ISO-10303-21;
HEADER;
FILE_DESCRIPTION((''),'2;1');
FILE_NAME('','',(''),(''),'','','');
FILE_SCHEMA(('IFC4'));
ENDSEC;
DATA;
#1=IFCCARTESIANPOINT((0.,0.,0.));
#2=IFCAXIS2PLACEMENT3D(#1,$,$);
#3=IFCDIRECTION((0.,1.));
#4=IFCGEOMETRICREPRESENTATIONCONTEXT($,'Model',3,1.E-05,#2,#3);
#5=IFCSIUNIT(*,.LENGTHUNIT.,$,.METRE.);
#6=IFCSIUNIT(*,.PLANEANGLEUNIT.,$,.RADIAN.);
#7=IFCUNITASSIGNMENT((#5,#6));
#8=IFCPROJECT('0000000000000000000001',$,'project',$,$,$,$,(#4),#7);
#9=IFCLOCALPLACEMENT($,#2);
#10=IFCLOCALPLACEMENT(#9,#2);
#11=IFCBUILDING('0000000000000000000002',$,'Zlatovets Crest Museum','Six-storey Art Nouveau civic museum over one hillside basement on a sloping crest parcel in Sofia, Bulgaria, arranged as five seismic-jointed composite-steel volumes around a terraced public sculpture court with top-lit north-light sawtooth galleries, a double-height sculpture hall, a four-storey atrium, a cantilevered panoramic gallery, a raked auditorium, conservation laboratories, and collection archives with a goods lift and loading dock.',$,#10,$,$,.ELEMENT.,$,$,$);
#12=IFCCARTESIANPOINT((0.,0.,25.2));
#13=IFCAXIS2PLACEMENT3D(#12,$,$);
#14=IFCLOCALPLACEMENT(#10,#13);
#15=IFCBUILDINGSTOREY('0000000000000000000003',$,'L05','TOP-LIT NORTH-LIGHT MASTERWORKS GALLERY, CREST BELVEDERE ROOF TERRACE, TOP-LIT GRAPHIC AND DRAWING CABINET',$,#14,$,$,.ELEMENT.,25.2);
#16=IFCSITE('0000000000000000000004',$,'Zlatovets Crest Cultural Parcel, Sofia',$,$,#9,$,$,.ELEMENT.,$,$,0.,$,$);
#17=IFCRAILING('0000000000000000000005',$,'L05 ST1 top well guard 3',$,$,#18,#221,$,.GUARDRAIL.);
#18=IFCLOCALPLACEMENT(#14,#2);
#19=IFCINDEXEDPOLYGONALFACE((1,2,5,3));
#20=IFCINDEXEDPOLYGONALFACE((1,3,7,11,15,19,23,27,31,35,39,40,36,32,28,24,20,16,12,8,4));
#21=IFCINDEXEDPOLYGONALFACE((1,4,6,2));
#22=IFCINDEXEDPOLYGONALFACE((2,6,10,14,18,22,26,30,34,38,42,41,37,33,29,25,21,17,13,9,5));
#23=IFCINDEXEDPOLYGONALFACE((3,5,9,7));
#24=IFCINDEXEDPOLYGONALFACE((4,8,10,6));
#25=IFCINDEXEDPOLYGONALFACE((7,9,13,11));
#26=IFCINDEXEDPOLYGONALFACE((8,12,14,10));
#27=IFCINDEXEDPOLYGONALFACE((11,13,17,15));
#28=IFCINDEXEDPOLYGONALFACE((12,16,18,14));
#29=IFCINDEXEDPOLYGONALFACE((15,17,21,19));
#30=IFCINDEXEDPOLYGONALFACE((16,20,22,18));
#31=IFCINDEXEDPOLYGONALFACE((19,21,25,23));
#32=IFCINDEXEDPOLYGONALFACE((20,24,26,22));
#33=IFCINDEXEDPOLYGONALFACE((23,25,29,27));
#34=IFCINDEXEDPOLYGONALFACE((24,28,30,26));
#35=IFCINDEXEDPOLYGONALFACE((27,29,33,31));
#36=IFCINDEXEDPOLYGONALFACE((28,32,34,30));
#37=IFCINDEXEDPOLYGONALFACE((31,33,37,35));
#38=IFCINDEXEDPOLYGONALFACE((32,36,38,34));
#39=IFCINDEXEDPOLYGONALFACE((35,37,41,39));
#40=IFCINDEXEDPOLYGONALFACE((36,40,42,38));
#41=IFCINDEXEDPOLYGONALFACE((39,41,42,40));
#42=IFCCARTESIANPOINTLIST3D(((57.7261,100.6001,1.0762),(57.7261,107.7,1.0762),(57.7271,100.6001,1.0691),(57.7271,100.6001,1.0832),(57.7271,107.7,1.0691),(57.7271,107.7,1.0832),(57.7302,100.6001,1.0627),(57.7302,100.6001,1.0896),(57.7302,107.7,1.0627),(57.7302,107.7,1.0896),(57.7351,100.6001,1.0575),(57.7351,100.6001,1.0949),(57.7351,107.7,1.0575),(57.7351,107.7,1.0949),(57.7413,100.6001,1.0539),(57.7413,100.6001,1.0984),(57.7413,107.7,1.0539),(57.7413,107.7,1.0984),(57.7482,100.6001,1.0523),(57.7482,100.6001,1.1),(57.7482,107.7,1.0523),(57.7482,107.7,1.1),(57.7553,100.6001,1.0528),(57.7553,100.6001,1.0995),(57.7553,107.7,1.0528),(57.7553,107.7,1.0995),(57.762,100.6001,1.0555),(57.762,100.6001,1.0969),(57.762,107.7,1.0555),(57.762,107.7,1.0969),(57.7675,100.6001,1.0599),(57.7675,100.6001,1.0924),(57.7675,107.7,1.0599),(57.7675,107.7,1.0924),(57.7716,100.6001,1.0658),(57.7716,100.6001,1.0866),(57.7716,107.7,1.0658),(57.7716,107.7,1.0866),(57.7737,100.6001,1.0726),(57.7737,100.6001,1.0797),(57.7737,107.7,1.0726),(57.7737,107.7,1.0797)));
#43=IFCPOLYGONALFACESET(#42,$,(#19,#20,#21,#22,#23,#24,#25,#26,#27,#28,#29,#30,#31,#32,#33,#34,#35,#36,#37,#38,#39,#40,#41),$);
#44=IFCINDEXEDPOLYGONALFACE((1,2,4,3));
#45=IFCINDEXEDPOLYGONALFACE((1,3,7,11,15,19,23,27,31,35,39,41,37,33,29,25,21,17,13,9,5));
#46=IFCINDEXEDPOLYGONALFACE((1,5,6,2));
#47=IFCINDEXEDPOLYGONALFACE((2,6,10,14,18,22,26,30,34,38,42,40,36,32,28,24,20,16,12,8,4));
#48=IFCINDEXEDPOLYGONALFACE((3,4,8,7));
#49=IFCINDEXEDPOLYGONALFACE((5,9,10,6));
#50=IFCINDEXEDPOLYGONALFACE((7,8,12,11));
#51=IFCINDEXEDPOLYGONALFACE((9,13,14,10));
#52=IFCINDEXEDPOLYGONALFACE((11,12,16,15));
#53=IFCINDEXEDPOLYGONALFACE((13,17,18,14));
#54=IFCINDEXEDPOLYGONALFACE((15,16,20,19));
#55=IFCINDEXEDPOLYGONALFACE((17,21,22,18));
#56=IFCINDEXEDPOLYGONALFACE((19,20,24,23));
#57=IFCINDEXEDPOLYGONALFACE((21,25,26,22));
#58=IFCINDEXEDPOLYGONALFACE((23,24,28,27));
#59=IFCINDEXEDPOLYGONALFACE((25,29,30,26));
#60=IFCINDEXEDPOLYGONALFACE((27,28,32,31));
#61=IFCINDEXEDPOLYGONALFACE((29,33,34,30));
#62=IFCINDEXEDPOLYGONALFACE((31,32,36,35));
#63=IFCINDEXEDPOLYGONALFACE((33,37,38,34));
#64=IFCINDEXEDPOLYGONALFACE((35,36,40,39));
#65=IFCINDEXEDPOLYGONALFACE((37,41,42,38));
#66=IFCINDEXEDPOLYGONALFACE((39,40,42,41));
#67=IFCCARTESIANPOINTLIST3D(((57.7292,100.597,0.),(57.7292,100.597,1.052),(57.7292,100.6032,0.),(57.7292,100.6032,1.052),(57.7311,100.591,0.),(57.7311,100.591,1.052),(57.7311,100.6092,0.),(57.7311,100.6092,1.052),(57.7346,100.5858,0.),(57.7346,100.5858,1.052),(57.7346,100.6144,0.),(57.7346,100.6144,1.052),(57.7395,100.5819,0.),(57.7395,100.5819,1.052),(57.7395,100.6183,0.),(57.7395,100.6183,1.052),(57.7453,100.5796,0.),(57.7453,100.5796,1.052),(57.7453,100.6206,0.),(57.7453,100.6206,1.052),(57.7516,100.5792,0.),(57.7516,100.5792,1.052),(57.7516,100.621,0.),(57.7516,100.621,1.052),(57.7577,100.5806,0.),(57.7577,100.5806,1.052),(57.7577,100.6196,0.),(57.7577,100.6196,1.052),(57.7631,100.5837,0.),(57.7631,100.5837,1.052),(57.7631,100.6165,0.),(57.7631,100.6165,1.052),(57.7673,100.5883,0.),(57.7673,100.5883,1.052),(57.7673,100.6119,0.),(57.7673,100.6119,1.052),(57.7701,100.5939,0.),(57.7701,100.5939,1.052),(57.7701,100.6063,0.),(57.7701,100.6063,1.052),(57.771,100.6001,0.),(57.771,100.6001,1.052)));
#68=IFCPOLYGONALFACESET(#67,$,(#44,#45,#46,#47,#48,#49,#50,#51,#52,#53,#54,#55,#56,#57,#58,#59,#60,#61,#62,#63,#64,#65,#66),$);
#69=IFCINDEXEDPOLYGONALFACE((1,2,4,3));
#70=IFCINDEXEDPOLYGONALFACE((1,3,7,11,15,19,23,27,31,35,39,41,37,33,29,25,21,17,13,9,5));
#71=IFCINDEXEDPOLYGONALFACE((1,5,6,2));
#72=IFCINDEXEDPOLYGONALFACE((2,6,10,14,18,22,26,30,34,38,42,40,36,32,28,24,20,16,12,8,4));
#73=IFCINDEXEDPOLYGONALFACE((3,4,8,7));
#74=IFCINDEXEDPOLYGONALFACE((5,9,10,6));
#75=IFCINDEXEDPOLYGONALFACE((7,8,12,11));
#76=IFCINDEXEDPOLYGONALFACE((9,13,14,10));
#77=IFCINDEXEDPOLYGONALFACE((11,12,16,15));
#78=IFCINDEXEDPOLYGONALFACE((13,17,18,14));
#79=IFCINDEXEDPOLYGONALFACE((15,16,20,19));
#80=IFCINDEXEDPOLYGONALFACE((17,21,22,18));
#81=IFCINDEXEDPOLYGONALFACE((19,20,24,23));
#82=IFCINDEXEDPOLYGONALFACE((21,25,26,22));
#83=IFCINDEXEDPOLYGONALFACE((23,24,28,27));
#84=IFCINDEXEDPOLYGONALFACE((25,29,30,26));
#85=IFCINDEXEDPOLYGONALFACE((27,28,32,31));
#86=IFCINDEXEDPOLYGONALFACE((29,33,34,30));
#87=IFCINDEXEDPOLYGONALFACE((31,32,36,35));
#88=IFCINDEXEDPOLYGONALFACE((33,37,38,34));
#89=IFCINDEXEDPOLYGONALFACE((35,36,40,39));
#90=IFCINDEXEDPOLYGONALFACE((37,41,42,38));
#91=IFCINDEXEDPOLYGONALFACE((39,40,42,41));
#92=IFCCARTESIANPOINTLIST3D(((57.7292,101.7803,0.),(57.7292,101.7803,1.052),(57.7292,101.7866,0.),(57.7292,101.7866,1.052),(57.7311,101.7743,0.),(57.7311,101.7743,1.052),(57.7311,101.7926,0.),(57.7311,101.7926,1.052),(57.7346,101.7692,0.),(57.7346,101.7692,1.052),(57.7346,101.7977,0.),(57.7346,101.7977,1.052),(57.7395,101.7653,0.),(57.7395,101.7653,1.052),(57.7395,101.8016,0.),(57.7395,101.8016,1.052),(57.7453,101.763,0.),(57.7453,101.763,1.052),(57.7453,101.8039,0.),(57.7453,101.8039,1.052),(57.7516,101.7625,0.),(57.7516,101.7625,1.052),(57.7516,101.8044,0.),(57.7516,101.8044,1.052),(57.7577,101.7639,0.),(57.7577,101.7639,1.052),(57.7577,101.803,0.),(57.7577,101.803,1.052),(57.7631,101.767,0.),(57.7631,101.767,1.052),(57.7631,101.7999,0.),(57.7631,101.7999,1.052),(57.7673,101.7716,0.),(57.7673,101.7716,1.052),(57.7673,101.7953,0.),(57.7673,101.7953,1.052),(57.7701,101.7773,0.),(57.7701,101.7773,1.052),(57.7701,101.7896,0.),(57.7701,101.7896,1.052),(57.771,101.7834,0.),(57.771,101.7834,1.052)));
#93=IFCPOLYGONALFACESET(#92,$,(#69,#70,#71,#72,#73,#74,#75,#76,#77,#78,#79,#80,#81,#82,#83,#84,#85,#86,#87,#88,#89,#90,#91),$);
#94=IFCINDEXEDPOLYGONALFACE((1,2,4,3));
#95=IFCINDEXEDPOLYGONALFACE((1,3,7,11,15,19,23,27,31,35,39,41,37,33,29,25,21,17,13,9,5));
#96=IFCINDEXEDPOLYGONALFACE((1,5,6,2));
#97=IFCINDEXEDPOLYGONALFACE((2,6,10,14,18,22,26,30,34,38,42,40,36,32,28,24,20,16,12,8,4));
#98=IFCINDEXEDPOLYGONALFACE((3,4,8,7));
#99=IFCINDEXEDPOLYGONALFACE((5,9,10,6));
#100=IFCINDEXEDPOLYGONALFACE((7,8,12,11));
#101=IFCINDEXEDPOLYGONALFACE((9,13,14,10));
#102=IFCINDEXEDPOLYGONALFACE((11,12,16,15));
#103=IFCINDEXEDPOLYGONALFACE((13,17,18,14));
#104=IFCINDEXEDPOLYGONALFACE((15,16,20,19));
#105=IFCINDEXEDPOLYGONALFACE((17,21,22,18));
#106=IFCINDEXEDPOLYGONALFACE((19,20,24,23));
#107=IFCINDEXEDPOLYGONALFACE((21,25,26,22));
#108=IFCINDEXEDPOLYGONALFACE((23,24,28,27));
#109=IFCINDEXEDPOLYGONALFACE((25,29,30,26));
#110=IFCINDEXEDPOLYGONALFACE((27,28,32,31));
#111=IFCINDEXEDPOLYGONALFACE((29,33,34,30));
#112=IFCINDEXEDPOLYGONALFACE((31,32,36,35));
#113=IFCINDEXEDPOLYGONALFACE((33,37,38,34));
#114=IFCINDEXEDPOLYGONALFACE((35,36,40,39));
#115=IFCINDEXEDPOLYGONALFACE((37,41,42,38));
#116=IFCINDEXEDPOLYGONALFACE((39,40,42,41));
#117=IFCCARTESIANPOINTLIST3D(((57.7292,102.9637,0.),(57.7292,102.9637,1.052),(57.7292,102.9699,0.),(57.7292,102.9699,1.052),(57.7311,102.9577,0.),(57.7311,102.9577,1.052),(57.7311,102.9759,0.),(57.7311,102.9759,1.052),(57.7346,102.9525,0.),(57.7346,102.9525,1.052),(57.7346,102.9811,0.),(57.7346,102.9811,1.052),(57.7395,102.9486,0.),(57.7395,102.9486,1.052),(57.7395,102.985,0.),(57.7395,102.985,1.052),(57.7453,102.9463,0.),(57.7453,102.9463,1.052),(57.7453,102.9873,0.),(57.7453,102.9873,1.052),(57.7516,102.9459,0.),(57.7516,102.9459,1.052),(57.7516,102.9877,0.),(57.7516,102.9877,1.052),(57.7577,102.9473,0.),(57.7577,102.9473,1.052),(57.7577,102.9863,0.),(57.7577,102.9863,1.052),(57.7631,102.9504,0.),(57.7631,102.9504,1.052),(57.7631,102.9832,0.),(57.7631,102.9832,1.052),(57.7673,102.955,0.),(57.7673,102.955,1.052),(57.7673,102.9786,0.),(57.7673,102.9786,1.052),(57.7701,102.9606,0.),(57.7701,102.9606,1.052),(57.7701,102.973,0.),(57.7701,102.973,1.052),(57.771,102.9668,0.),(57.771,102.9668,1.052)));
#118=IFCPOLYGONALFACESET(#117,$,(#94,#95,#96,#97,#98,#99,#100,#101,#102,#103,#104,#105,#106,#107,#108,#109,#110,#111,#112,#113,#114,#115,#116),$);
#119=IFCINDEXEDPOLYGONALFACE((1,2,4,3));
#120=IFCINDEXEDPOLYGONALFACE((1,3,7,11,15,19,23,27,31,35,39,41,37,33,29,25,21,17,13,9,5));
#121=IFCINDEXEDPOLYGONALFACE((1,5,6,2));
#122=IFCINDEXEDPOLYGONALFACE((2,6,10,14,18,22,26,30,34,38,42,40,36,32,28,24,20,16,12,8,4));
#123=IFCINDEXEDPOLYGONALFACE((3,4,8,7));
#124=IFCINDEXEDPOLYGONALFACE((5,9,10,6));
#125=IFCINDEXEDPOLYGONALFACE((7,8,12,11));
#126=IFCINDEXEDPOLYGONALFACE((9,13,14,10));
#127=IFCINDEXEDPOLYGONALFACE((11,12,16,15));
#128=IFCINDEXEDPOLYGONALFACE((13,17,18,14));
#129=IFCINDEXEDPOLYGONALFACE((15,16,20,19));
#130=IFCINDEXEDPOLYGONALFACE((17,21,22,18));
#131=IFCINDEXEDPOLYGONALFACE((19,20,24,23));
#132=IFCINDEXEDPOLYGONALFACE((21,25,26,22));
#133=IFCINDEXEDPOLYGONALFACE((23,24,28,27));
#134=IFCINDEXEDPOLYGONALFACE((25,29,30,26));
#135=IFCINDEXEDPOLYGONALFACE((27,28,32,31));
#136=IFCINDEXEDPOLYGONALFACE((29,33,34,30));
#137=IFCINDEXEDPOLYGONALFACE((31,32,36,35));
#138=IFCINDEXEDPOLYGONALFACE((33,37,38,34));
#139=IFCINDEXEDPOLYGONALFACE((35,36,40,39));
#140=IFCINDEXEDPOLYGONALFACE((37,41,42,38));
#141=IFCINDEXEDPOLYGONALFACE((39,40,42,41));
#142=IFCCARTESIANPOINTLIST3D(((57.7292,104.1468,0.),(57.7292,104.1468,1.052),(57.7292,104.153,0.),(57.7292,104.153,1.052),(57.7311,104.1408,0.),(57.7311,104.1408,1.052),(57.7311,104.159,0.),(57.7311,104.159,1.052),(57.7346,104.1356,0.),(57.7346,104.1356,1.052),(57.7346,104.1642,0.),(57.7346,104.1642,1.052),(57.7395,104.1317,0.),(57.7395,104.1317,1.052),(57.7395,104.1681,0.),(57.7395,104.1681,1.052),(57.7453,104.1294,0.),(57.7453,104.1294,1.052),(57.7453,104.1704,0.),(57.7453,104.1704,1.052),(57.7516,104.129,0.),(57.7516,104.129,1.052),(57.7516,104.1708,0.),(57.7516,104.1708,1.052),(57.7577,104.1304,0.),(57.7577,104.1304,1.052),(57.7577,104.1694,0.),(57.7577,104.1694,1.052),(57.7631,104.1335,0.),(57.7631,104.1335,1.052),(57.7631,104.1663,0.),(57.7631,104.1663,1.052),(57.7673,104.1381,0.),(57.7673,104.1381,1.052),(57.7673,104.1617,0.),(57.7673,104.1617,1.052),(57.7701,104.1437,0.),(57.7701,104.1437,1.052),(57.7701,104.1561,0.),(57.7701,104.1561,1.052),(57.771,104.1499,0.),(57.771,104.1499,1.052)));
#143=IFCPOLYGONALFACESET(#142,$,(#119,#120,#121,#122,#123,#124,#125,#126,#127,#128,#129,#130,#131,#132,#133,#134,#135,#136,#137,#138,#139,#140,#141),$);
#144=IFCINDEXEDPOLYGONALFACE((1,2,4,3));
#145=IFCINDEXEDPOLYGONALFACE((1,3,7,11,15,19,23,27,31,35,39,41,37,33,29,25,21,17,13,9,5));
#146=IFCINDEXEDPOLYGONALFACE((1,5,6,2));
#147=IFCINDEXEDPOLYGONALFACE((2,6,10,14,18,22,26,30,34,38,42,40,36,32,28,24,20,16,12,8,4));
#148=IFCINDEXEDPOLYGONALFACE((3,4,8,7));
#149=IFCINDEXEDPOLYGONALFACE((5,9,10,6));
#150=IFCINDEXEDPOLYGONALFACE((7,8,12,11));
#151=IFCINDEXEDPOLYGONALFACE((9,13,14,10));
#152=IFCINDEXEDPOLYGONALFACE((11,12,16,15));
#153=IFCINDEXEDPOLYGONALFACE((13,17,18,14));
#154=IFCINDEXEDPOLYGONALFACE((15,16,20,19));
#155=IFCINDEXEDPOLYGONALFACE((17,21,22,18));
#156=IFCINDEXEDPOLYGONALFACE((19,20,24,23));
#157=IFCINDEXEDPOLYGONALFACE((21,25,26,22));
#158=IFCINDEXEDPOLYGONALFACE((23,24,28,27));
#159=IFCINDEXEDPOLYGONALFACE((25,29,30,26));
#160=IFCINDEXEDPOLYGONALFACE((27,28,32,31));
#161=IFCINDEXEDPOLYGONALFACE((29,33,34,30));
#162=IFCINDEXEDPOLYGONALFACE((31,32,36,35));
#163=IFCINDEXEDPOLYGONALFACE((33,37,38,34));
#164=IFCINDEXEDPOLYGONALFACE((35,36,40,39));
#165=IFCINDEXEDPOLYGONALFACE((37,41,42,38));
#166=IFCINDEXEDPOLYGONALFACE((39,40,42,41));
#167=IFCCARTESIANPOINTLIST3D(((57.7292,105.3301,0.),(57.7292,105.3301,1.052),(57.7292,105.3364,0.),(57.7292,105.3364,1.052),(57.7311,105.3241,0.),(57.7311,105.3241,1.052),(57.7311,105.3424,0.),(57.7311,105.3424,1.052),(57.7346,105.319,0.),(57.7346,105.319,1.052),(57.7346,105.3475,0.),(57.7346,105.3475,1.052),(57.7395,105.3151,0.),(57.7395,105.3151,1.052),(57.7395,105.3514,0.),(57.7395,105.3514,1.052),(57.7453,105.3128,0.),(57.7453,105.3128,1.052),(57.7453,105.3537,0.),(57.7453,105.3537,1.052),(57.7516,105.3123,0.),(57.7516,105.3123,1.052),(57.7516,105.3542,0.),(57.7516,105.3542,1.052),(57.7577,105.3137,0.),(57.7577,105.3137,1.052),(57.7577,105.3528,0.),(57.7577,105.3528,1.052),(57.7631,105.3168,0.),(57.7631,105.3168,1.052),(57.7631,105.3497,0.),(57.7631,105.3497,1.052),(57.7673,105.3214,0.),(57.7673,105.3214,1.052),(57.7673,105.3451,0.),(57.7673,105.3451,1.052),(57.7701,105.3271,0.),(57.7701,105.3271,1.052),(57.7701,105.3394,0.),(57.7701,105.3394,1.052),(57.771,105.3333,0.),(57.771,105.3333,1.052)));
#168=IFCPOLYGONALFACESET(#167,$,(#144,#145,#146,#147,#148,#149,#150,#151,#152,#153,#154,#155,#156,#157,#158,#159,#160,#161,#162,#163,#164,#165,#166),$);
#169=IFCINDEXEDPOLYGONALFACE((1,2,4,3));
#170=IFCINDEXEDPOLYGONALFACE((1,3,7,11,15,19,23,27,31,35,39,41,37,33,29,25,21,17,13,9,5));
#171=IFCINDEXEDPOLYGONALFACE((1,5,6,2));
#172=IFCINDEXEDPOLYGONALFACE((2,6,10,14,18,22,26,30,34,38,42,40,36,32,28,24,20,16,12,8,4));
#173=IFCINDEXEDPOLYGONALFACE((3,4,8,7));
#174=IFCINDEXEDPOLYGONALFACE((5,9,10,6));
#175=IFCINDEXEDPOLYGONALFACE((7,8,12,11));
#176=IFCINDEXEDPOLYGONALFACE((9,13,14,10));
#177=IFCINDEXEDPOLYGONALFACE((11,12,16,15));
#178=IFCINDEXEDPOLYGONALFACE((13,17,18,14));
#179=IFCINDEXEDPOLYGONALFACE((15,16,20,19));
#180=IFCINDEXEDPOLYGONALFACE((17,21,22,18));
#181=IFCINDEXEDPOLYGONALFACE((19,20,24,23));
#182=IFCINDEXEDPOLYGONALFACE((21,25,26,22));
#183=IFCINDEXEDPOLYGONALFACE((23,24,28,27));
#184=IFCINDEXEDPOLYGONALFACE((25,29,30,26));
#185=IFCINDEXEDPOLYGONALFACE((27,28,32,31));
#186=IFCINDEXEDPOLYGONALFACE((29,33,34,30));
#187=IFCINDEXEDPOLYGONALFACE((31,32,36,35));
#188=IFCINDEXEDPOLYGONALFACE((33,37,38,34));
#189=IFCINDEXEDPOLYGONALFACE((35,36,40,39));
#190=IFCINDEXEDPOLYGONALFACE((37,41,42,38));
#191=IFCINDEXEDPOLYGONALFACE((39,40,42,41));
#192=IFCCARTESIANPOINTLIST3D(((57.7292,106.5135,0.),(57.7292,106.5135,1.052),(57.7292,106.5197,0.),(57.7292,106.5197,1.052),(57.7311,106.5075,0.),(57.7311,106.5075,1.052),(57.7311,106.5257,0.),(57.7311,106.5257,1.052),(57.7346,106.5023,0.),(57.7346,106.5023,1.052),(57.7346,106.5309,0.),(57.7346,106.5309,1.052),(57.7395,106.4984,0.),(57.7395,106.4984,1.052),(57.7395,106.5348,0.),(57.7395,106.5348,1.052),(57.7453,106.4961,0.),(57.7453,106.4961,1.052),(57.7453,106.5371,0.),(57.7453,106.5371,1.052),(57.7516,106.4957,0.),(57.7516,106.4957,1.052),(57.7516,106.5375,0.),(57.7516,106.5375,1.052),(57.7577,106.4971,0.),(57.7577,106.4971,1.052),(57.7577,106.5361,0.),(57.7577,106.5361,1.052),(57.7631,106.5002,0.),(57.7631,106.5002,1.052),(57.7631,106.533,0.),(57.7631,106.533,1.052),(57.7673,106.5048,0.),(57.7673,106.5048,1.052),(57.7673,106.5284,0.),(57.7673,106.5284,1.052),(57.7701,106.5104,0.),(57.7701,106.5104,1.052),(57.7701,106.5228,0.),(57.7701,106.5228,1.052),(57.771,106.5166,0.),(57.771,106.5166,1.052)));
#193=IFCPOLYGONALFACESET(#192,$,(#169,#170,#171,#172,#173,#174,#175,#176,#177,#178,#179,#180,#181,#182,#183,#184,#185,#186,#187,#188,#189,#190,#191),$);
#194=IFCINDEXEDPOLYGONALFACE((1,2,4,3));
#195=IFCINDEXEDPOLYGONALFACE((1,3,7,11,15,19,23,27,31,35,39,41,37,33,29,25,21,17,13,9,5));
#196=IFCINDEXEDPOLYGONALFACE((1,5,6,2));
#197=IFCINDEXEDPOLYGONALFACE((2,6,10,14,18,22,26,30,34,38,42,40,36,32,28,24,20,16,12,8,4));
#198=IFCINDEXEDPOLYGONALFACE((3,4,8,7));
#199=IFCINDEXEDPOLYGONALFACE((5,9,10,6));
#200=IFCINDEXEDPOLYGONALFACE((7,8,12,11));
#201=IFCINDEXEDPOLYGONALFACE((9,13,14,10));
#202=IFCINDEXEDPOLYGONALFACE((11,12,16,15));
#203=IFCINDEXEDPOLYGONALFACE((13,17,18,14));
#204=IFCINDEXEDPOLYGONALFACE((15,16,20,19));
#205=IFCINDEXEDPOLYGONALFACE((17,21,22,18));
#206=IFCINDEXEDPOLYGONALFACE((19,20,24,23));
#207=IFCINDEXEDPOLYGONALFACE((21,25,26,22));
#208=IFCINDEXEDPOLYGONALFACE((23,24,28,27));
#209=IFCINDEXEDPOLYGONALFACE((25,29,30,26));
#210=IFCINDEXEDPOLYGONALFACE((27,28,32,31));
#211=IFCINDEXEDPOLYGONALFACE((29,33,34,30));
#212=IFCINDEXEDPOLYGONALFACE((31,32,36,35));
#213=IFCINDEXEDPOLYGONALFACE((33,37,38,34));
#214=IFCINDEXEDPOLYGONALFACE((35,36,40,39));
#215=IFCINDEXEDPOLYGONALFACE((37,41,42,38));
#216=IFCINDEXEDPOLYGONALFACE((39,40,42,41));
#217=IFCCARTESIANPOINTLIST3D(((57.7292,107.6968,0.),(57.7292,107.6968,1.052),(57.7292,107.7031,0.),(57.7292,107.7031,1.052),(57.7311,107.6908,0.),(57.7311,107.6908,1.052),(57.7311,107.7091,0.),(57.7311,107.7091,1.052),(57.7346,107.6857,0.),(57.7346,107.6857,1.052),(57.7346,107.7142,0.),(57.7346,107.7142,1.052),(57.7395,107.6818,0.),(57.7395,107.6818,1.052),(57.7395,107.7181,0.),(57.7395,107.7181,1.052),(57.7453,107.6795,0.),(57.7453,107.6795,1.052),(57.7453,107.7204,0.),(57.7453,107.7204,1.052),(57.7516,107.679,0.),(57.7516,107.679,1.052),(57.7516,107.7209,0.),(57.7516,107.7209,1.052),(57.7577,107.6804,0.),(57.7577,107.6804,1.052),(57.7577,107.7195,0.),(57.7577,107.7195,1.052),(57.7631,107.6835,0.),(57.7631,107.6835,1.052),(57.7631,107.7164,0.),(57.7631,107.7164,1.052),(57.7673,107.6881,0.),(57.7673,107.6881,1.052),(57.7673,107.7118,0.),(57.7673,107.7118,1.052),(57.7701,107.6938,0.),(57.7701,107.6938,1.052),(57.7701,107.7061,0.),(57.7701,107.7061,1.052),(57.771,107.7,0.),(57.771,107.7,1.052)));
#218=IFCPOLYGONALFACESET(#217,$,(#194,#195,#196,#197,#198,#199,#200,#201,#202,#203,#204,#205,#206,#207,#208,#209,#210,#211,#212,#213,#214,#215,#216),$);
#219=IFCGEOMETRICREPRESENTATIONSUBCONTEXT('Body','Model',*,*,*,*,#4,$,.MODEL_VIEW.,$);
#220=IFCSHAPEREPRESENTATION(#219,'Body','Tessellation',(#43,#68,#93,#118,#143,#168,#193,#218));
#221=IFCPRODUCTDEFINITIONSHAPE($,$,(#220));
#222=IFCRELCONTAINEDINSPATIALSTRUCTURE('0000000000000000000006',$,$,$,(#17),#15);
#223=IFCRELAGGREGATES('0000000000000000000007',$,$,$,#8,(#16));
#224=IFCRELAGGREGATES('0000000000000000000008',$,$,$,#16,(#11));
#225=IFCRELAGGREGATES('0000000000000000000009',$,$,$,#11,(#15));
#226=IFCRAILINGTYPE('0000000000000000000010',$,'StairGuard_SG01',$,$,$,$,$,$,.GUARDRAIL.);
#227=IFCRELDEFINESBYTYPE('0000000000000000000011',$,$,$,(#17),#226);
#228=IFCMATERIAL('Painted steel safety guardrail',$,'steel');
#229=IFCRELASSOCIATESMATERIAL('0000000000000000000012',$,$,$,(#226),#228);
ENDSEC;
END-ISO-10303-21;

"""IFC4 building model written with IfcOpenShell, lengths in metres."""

from ifc_helpers import new_model, si_unit, direction, frame, origin, origin_2d, place, context, subcontext, project, spatial, circle, extrude, material, type_object, element, save


model = new_model("IFC4")

# Units and contexts
model_context = context("Model", 3, precision=1e-05, world=origin(), true_north=direction((0.0, 1.0)))
body_context = subcontext(model_context, "Body", "Model", "MODEL_VIEW")
ifc_project = project(units=[si_unit("LENGTHUNIT", "METRE"), si_unit("PLANEANGLEUNIT", "RADIAN")], contexts=[model_context])

# Site, building, storey
site_placement = place(None, origin())
site = spatial("IfcSite", under=ifc_project, at=site_placement, Name="Zlatovets Crest Cultural Parcel, Sofia", CompositionType="ELEMENT", RefElevation=0.0)
building_placement = place(site_placement, origin())
building = spatial("IfcBuilding", under=site, at=building_placement, Name="Zlatovets Crest Museum", Description="Six-storey Art Nouveau civic museum over one hillside basement on a sloping crest parcel in Sofia, Bulgaria, arranged as five seismic-jointed composite-steel volumes around a terraced public sculpture court with top-lit north-light sawtooth galleries, a double-height sculpture hall, a four-storey atrium, a cantilevered panoramic gallery, a raked auditorium, conservation laboratories, and collection archives with a goods lift and loading dock.", CompositionType="ELEMENT")
storey_placement = place(building_placement, frame((0.0, 0.0, 25.2)))
storey = spatial("IfcBuildingStorey", under=building, at=storey_placement, Name="L05", Description="TOP-LIT NORTH-LIGHT MASTERWORKS GALLERY, CREST BELVEDERE ROOF TERRACE, TOP-LIT GRAPHIC AND DRAWING CABINET", CompositionType="ELEMENT", Elevation=25.2)

# Railing
ifc_material_1 = material(Name="Painted steel safety guardrail", Category="steel")
railing_type = type_object("IfcRailingType", Name="StairGuard_SG01", PredefinedType="GUARDRAIL", material=ifc_material_1)
railing_1_placement = place(storey_placement, frame((57.75, 100.6001, 0.0)))
element("IfcRailing", 1, at=railing_1_placement, inside=storey, type_object=railing_type, Name="L05 ST1 top well guard 3", PredefinedType="GUARDRAIL", context=body_context, shape_type="SweptSolid", body=[
    extrude(circle(Radius=0.0239, at=origin_2d()), frame((0.0, 0.0, 1.0762), z_axis=(0.0, 1.0, 0.0), x_axis=(-1.0, 0.0, 0.0)), (0.0, 0.0, 1.0), 7.0999),
    extrude(circle(Radius=0.021, at=origin_2d()), origin(), (0.0, 0.0, 1.0), 1.052),
    extrude(circle(Radius=0.021, at=origin_2d()), frame((0.0, 1.1833, 0.0)), (0.0, 0.0, 1.0), 1.052),
    extrude(circle(Radius=0.021, at=origin_2d()), frame((0.0, 2.3667, 0.0)), (0.0, 0.0, 1.0), 1.052),
    extrude(circle(Radius=0.021, at=origin_2d()), frame((0.0, 3.5498, 0.0)), (0.0, 0.0, 1.0), 1.052),
    extrude(circle(Radius=0.021, at=origin_2d()), frame((0.0, 4.7332, 0.0)), (0.0, 0.0, 1.0), 1.052),
    extrude(circle(Radius=0.021, at=origin_2d()), frame((0.0, 5.9165, 0.0)), (0.0, 0.0, 1.0), 1.052),
    extrude(circle(Radius=0.021, at=origin_2d()), frame((0.0, 7.0999, 0.0)), (0.0, 0.0, 1.0), 1.052),
])

save(model, "model.ifc")
